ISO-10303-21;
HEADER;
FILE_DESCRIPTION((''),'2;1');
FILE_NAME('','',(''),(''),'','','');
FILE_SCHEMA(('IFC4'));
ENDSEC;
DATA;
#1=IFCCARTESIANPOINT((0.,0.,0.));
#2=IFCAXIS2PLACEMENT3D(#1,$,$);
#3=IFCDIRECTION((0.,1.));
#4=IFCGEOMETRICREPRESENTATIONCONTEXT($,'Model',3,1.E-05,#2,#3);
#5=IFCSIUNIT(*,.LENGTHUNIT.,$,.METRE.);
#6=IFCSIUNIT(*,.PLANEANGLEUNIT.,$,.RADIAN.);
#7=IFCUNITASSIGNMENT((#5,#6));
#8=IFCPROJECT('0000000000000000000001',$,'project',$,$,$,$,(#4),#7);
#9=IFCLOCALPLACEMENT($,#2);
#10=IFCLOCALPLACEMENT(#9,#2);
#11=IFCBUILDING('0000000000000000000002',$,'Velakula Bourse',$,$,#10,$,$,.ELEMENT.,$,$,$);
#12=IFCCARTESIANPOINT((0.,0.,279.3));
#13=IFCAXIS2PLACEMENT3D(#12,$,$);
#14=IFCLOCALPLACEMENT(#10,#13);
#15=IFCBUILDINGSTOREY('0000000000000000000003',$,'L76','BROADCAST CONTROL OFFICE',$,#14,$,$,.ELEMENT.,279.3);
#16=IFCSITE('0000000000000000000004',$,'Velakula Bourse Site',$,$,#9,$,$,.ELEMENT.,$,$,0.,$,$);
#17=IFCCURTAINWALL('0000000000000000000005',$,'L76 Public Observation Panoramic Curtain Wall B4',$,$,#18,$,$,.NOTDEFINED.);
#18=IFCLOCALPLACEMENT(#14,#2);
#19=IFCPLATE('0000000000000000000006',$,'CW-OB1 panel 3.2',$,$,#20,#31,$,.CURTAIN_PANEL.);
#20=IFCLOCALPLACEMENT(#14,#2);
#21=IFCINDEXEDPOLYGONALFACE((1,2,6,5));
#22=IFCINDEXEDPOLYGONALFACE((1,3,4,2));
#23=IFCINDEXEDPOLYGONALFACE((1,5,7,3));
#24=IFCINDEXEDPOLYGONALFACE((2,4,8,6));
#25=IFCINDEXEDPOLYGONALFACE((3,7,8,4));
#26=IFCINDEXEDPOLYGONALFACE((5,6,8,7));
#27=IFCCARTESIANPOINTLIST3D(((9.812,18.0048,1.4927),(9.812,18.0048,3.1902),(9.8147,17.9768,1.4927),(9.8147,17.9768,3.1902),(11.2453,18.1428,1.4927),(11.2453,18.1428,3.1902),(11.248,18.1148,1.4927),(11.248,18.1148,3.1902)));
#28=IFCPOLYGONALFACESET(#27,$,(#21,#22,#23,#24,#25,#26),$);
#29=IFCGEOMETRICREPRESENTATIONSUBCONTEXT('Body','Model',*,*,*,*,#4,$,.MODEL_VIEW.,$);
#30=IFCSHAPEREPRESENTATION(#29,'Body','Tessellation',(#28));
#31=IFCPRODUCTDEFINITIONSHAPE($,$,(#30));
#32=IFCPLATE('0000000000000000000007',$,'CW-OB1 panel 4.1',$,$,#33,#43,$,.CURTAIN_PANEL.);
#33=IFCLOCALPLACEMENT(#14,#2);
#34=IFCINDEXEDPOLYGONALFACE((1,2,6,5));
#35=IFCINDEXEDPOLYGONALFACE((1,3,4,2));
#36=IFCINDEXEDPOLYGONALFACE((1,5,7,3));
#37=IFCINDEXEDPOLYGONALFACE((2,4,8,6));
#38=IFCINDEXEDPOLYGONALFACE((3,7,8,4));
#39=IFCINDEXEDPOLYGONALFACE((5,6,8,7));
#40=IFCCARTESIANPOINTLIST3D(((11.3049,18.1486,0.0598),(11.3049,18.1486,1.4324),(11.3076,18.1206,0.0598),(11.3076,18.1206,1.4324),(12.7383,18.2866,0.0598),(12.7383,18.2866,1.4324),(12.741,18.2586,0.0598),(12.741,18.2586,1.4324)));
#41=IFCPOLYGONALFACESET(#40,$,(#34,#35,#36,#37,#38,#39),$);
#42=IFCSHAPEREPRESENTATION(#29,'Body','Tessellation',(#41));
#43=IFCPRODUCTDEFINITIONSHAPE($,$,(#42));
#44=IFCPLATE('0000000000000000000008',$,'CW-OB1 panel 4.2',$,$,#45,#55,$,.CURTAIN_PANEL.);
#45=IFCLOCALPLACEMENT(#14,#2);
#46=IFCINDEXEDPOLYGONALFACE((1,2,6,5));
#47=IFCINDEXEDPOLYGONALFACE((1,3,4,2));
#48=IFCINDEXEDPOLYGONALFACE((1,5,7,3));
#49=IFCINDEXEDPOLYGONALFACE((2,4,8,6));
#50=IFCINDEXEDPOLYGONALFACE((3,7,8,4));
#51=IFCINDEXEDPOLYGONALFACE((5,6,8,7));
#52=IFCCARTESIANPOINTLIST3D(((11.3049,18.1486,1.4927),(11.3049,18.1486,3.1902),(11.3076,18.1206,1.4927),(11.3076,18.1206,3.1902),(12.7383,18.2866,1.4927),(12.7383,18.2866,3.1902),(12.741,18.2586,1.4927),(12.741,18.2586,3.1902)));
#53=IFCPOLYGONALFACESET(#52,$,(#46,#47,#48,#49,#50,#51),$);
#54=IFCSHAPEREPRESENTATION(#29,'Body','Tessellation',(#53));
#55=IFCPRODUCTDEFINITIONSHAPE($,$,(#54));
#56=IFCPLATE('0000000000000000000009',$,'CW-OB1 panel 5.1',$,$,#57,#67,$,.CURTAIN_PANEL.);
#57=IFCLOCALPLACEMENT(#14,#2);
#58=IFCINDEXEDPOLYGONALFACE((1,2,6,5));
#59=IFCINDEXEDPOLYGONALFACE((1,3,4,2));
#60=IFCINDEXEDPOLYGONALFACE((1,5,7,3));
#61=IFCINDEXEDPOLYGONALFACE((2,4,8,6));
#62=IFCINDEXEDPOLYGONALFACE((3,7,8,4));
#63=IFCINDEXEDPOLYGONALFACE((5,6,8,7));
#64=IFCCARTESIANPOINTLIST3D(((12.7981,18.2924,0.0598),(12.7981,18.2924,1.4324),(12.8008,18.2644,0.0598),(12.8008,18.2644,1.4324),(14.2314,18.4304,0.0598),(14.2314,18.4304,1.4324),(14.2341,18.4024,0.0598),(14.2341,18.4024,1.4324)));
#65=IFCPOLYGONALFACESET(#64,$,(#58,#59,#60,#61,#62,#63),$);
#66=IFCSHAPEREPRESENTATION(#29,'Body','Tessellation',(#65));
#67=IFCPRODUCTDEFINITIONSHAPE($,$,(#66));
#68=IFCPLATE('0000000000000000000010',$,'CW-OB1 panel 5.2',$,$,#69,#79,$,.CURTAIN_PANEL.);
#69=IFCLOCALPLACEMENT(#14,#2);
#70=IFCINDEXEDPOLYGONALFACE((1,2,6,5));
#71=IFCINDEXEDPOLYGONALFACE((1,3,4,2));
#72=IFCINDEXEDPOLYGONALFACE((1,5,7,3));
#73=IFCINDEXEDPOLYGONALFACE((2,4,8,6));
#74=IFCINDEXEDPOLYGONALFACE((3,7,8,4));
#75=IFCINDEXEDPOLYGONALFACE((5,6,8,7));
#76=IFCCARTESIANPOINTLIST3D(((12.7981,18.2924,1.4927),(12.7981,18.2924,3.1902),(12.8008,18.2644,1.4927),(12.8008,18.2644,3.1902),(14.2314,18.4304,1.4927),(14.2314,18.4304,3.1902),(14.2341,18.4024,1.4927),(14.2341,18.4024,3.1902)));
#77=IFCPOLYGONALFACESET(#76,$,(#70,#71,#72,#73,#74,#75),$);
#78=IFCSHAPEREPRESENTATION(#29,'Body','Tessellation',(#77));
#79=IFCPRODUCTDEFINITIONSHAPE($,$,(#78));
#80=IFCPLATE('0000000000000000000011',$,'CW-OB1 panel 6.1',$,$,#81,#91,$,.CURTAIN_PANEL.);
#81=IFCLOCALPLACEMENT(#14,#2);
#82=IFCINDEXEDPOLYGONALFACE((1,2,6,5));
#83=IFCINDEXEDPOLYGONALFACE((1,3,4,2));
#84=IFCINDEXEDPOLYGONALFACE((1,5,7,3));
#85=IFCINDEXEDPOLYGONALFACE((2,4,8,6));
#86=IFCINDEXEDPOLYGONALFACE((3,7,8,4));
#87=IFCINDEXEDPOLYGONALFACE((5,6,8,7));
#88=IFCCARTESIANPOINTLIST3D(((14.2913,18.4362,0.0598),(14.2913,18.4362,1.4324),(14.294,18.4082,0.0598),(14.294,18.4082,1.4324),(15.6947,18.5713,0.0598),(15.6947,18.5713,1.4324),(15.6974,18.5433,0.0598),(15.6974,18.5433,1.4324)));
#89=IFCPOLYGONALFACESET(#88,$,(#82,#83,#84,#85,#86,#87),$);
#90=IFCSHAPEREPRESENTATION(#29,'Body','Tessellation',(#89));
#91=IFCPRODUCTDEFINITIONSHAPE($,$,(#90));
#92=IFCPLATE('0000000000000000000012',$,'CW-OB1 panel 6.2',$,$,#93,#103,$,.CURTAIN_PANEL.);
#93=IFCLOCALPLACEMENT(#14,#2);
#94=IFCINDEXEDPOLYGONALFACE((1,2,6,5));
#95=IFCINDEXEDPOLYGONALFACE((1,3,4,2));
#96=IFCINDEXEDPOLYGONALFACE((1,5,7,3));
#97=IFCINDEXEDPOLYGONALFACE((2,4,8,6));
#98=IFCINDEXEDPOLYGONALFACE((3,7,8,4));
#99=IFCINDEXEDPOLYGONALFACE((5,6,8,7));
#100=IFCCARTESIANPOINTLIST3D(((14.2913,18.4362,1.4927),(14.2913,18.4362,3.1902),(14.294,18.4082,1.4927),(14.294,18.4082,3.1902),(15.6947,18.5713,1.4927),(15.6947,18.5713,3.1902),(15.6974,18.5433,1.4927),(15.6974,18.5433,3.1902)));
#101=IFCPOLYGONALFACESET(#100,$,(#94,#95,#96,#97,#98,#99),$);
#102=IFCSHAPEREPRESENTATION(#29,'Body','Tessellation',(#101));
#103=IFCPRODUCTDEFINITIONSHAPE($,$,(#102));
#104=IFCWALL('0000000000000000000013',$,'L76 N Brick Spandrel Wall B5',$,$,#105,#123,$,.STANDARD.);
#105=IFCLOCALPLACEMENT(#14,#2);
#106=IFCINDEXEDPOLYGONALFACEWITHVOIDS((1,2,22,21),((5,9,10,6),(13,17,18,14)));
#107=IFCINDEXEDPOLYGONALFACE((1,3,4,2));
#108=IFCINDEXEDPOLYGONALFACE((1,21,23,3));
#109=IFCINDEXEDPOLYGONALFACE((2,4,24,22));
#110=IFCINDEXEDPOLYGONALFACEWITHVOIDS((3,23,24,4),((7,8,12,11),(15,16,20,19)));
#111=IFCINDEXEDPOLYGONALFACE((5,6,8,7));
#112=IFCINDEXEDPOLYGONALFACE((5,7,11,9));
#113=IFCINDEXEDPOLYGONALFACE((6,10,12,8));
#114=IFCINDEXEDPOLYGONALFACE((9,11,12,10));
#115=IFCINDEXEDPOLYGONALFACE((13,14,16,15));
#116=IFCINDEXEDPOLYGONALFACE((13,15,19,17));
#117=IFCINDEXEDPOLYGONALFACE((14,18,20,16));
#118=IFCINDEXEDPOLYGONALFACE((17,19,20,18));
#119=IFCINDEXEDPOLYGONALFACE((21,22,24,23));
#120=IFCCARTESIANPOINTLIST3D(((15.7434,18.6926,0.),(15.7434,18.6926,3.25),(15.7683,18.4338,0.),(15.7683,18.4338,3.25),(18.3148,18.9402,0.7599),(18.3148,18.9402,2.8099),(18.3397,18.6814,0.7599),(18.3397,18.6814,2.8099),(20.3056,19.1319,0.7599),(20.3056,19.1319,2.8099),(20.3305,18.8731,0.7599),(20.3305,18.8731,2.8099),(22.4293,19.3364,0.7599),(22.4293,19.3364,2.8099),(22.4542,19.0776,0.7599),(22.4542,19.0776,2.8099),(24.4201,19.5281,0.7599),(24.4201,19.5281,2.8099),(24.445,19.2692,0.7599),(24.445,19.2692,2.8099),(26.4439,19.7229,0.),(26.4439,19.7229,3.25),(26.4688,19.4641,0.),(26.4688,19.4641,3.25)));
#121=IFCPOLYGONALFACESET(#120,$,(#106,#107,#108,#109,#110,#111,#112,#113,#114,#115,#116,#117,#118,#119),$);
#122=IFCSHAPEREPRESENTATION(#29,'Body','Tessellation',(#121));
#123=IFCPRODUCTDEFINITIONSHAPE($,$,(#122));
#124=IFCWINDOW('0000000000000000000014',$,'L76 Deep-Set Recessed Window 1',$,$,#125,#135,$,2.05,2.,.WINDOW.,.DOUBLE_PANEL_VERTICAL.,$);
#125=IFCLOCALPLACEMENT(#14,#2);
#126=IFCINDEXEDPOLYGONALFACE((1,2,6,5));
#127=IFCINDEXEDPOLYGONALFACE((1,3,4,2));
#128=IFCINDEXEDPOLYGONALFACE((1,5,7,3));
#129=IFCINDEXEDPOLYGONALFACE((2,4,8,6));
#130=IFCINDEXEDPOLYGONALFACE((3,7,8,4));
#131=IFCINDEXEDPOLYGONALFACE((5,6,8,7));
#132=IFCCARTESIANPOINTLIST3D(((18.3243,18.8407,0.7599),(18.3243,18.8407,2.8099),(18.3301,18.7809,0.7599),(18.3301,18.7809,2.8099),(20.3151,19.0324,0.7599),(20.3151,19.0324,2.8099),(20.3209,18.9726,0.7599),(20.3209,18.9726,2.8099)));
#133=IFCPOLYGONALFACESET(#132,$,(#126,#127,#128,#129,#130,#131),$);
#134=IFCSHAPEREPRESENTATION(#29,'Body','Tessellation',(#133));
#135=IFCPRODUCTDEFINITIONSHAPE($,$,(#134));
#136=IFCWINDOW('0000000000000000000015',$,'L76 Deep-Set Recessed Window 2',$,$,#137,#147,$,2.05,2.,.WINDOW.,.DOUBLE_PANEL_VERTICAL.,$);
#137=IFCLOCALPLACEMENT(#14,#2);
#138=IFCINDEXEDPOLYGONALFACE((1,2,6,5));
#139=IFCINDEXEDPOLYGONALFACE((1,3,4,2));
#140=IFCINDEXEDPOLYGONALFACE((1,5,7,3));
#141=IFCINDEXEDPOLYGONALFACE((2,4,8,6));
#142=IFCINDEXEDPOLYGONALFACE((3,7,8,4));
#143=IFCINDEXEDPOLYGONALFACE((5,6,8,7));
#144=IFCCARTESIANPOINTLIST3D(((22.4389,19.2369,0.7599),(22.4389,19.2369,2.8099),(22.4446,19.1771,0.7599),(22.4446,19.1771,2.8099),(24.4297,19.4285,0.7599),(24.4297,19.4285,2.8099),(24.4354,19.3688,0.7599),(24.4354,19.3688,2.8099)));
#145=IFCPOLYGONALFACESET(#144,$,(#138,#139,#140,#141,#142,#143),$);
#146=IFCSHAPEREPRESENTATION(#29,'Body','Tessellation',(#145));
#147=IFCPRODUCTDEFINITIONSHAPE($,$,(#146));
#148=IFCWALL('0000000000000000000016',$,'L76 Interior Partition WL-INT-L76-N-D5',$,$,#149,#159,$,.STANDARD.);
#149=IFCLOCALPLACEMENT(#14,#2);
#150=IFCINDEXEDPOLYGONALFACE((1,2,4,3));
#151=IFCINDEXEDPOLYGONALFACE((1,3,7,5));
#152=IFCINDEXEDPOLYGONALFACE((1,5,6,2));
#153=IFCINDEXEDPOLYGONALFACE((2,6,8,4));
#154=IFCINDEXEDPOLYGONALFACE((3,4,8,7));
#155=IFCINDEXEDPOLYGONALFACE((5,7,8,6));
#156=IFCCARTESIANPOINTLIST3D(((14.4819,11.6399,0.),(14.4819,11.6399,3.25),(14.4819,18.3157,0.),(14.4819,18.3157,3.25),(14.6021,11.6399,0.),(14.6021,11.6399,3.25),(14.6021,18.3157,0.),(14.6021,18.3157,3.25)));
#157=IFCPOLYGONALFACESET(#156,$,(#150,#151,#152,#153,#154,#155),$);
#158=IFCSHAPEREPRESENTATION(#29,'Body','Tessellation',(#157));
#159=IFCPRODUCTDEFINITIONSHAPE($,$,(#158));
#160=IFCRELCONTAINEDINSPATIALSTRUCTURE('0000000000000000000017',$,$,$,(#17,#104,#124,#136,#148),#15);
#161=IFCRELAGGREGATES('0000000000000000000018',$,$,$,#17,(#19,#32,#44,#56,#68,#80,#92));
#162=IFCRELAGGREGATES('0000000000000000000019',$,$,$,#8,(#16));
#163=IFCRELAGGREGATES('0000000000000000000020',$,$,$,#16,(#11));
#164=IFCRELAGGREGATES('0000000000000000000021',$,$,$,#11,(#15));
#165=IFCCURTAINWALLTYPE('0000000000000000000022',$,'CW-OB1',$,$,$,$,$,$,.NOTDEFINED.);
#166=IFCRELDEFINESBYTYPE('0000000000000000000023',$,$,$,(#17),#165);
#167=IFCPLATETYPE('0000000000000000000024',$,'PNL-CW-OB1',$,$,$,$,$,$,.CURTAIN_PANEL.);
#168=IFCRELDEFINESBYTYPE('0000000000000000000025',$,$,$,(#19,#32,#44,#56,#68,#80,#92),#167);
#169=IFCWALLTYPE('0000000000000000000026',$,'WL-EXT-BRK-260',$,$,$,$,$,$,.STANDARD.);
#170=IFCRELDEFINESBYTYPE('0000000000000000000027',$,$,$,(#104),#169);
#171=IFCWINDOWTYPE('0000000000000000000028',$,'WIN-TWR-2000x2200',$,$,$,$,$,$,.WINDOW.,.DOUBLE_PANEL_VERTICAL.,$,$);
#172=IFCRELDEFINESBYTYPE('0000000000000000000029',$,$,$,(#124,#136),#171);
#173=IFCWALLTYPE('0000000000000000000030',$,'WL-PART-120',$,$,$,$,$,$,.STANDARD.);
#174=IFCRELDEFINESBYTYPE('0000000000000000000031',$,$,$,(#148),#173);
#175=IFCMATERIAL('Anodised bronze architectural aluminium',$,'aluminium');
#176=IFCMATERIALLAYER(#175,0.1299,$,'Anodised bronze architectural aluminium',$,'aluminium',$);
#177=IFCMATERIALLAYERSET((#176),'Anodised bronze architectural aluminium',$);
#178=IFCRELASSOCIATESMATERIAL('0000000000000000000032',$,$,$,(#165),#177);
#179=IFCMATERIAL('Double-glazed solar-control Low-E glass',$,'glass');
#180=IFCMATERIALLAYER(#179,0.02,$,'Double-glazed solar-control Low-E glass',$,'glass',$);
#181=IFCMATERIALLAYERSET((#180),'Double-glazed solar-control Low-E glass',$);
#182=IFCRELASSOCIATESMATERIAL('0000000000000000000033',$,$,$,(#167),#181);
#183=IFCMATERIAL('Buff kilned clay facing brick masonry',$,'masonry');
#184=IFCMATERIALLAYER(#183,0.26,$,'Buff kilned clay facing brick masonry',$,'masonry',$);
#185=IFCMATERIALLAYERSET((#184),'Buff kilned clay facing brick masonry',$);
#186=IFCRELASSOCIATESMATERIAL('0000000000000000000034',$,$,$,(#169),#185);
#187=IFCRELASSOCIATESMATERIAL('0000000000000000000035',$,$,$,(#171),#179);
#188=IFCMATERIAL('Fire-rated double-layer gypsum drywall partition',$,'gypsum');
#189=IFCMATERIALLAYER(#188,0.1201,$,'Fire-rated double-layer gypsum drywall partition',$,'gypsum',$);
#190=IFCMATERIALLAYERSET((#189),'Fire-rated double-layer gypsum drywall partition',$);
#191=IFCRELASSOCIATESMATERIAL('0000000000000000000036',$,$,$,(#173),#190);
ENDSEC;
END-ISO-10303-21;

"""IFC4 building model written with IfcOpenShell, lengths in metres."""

from ifc_helpers import new_model, si_unit, direction, frame, frame_2d, origin, origin_2d, place, context, subcontext, project, spatial, rectangle, extrude, material, layer, layer_set, type_object, element, fill, aggregate, save


model = new_model("IFC4")

# Units and contexts
model_context = context("Model", 3, precision=1e-05, world=origin(), true_north=direction((0.0, 1.0)))
body_context = subcontext(model_context, "Body", "Model", "MODEL_VIEW")
ifc_project = project(units=[si_unit("LENGTHUNIT", "METRE"), si_unit("PLANEANGLEUNIT", "RADIAN")], contexts=[model_context])

# Site, building, storey
site_placement = place(None, origin())
site = spatial("IfcSite", under=ifc_project, at=site_placement, Name="Velakula Bourse Site", CompositionType="ELEMENT", RefElevation=0.0)
building_placement = place(site_placement, origin())
building = spatial("IfcBuilding", under=site, at=building_placement, Name="Velakula Bourse", CompositionType="ELEMENT")
storey_placement = place(building_placement, frame((0.0, 0.0, 279.3)))
storey = spatial("IfcBuildingStorey", under=building, at=storey_placement, Name="L76", Description="BROADCAST CONTROL OFFICE", CompositionType="ELEMENT", Elevation=279.3)

# Curtain wall, plates
ifc_material_1 = material(Name="Anodised bronze architectural aluminium", Category="aluminium")
ifc_layer_1 = layer(ifc_material_1, 0.1299, Name="Anodised bronze architectural aluminium", Category="aluminium")
ifc_layer_set_1 = layer_set([ifc_layer_1], Name="Anodised bronze architectural aluminium")
curtain_wall_type = type_object("IfcCurtainWallType", Name="CW-OB1", PredefinedType="NOTDEFINED", material=ifc_layer_set_1)
curtain_wall_placement = place(storey_placement, origin())
curtain_wall = element("IfcCurtainWall", 1, at=curtain_wall_placement, inside=storey, type_object=curtain_wall_type, Name="L76 Public Observation Panoramic Curtain Wall B4", PredefinedType="NOTDEFINED")
ifc_material_2 = material(Name="Double-glazed solar-control Low-E glass", Category="glass")
ifc_layer_2 = layer(ifc_material_2, 0.02, Name="Double-glazed solar-control Low-E glass", Category="glass")
ifc_layer_set_2 = layer_set([ifc_layer_2], Name="Double-glazed solar-control Low-E glass")
plate_type = type_object("IfcPlateType", Name="PNL-CW-OB1", PredefinedType="CURTAIN_PANEL", material=ifc_layer_set_2)
plate_1_placement = place(storey_placement, frame((10.53, 18.0598, 1.4927), z_axis=(0.0, 0.0, 1.0), x_axis=(0.995396, 0.095844, 0.0)))
plate_1 = element("IfcPlate", 2, at=plate_1_placement, type_object=plate_type, Name="CW-OB1 panel 3.2", PredefinedType="CURTAIN_PANEL", context=body_context, shape_type="SweptSolid", body=[
    extrude(rectangle(XDim=1.4399, YDim=0.0281, at=origin_2d()), origin(), (0.0, 0.0, 1.0), 1.6975),
])
plate_2_placement = place(storey_placement, frame((12.0229, 18.2036, 0.0598), z_axis=(0.0, 0.0, 1.0), x_axis=(0.995396, 0.095844, 0.0)))
plate_2 = element("IfcPlate", 3, at=plate_2_placement, type_object=plate_type, Name="CW-OB1 panel 4.1", PredefinedType="CURTAIN_PANEL", context=body_context, shape_type="SweptSolid", body=[
    extrude(rectangle(XDim=1.4399, YDim=0.0281, at=origin_2d()), origin(), (0.0, 0.0, 1.0), 1.3726),
])
plate_3_placement = place(storey_placement, frame((12.0229, 18.2036, 1.4927), z_axis=(0.0, 0.0, 1.0), x_axis=(0.995396, 0.095844, 0.0)))
plate_3 = element("IfcPlate", 4, at=plate_3_placement, type_object=plate_type, Name="CW-OB1 panel 4.2", PredefinedType="CURTAIN_PANEL", context=body_context, shape_type="SweptSolid", body=[
    extrude(rectangle(XDim=1.4399, YDim=0.0281, at=origin_2d()), origin(), (0.0, 0.0, 1.0), 1.6975),
])
plate_4_placement = place(storey_placement, frame((13.5161, 18.3474, 0.0598), z_axis=(0.0, 0.0, 1.0), x_axis=(0.995396, 0.095844, 0.0)))
plate_4 = element("IfcPlate", 5, at=plate_4_placement, type_object=plate_type, Name="CW-OB1 panel 5.1", PredefinedType="CURTAIN_PANEL", context=body_context, shape_type="SweptSolid", body=[
    extrude(rectangle(XDim=1.4399, YDim=0.0281, at=origin_2d()), origin(), (0.0, 0.0, 1.0), 1.3726),
])
plate_5_placement = place(storey_placement, frame((13.5161, 18.3474, 1.4927), z_axis=(0.0, 0.0, 1.0), x_axis=(0.995396, 0.095844, 0.0)))
plate_5 = element("IfcPlate", 6, at=plate_5_placement, type_object=plate_type, Name="CW-OB1 panel 5.2", PredefinedType="CURTAIN_PANEL", context=body_context, shape_type="SweptSolid", body=[
    extrude(rectangle(XDim=1.4399, YDim=0.0281, at=origin_2d()), origin(), (0.0, 0.0, 1.0), 1.6975),
])
plate_6_placement = place(storey_placement, frame((14.9944, 18.4897, 0.0598), z_axis=(0.0, 0.0, 1.0), x_axis=(0.995396, 0.095844, 0.0)))
plate_6 = element("IfcPlate", 7, at=plate_6_placement, type_object=plate_type, Name="CW-OB1 panel 6.1", PredefinedType="CURTAIN_PANEL", context=body_context, shape_type="SweptSolid", body=[
    extrude(rectangle(XDim=1.4099, YDim=0.0281, at=origin_2d()), origin(), (0.0, 0.0, 1.0), 1.3726),
])
plate_7_placement = place(storey_placement, frame((14.9944, 18.4897, 1.4927), z_axis=(0.0, 0.0, 1.0), x_axis=(0.995396, 0.095844, 0.0)))
plate_7 = element("IfcPlate", 8, at=plate_7_placement, type_object=plate_type, Name="CW-OB1 panel 6.2", PredefinedType="CURTAIN_PANEL", context=body_context, shape_type="SweptSolid", body=[
    extrude(rectangle(XDim=1.4099, YDim=0.0281, at=origin_2d()), origin(), (0.0, 0.0, 1.0), 1.6975),
])
aggregate(curtain_wall, [plate_1, plate_2, plate_3, plate_4, plate_5, plate_6, plate_7])

# Wall, openings, windows
ifc_material_3 = material(Name="Buff kilned clay facing brick masonry", Category="masonry")
ifc_layer_3 = layer(ifc_material_3, 0.26, Name="Buff kilned clay facing brick masonry", Category="masonry")
ifc_layer_set_3 = layer_set([ifc_layer_3], Name="Buff kilned clay facing brick masonry")
wall_type_1 = type_object("IfcWallType", Name="WL-EXT-BRK-260", PredefinedType="STANDARD", material=ifc_layer_set_3)
wall_1_placement = place(storey_placement, frame((15.7559, 18.5632, 0.0), z_axis=(0.0, 0.0, 1.0), x_axis=(0.995397, 0.09584, 0.0)))
wall_1 = element("IfcWall", 9, at=wall_1_placement, inside=storey, type_object=wall_type_1, Name="L76 N Brick Spandrel Wall B5", PredefinedType="STANDARD", context=body_context, shape_type="SweptSolid", body=[
    extrude(rectangle(XDim=10.75, YDim=0.26, at=frame_2d((5.375, 0.0))), origin(), (0.0, 0.0, 1.0), 3.25),
])
opening_1_placement = place(wall_1_placement, frame((2.5833, 0.0, 0.76)))
opening_1 = element("IfcOpeningElement", 10, at=opening_1_placement, cuts=wall_1, PredefinedType="OPENING", context=body_context, shape_type="SweptSolid", body=[
    extrude(rectangle(XDim=2.0, YDim=2.05, at=frame_2d((1.0, 1.0249))), frame((0.0, 0.1399, 0.0), z_axis=(0.0, -1.0, 0.0), x_axis=(1.0, 0.0, 0.0)), (0.0, 0.0, 1.0), 0.28),
])
opening_2_placement = place(wall_1_placement, frame((6.7168, 0.0, 0.76)))
opening_2 = element("IfcOpeningElement", 11, at=opening_2_placement, cuts=wall_1, PredefinedType="OPENING", context=body_context, shape_type="SweptSolid", body=[
    extrude(rectangle(XDim=2.0, YDim=2.05, at=frame_2d((1.0, 1.0249))), frame((0.0, 0.1399, 0.0), z_axis=(0.0, -1.0, 0.0), x_axis=(1.0, 0.0, 0.0)), (0.0, 0.0, 1.0), 0.28),
])
window_type = type_object("IfcWindowType", Name="WIN-TWR-2000x2200", PartitioningType="DOUBLE_PANEL_VERTICAL", PredefinedType="WINDOW", material=ifc_material_2)
window_1_placement = place(opening_1_placement, origin())
window_1 = element("IfcWindow", 12, at=window_1_placement, inside=storey, type_object=window_type, Name="L76 Deep-Set Recessed Window 1", OverallHeight=2.05, OverallWidth=2.0, PartitioningType="DOUBLE_PANEL_VERTICAL", PredefinedType="WINDOW", context=body_context, shape_type="SweptSolid", body=[
    extrude(rectangle(XDim=2.0, YDim=2.05, at=frame_2d((1.0, 1.0249))), frame((0.0, 0.03, 0.0), z_axis=(0.0, -1.0, 0.0), x_axis=(1.0, 0.0, 0.0)), (0.0, 0.0, 1.0), 0.0601),
])
fill(opening_1, window_1)
window_2_placement = place(opening_2_placement, origin())
window_2 = element("IfcWindow", 13, at=window_2_placement, inside=storey, type_object=window_type, Name="L76 Deep-Set Recessed Window 2", OverallHeight=2.05, OverallWidth=2.0, PartitioningType="DOUBLE_PANEL_VERTICAL", PredefinedType="WINDOW", context=body_context, shape_type="SweptSolid", body=[
    extrude(rectangle(XDim=2.0, YDim=2.05, at=frame_2d((1.0, 1.0249))), frame((0.0, 0.03, 0.0), z_axis=(0.0, -1.0, 0.0), x_axis=(1.0, 0.0, 0.0)), (0.0, 0.0, 1.0), 0.0601),
])
fill(opening_2, window_2)

# Wall
ifc_material_4 = material(Name="Fire-rated double-layer gypsum drywall partition", Category="gypsum")
ifc_layer_4 = layer(ifc_material_4, 0.1201, Name="Fire-rated double-layer gypsum drywall partition", Category="gypsum")
ifc_layer_set_4 = layer_set([ifc_layer_4], Name="Fire-rated double-layer gypsum drywall partition")
wall_type_2 = type_object("IfcWallType", Name="WL-PART-120", PredefinedType="STANDARD", material=ifc_layer_set_4)
wall_2_placement = place(storey_placement, frame((14.542, 11.6399, 0.0), z_axis=(0.0, 0.0, 1.0), x_axis=(0.0, 1.0, 0.0)))
element("IfcWall", 14, at=wall_2_placement, inside=storey, type_object=wall_type_2, Name="L76 Interior Partition WL-INT-L76-N-D5", PredefinedType="STANDARD", context=body_context, shape_type="SweptSolid", body=[
    extrude(rectangle(XDim=6.6758, YDim=0.1201, at=frame_2d((3.3379, 0.0))), origin(), (0.0, 0.0, 1.0), 3.25),
])

save(model, "model.ifc")
